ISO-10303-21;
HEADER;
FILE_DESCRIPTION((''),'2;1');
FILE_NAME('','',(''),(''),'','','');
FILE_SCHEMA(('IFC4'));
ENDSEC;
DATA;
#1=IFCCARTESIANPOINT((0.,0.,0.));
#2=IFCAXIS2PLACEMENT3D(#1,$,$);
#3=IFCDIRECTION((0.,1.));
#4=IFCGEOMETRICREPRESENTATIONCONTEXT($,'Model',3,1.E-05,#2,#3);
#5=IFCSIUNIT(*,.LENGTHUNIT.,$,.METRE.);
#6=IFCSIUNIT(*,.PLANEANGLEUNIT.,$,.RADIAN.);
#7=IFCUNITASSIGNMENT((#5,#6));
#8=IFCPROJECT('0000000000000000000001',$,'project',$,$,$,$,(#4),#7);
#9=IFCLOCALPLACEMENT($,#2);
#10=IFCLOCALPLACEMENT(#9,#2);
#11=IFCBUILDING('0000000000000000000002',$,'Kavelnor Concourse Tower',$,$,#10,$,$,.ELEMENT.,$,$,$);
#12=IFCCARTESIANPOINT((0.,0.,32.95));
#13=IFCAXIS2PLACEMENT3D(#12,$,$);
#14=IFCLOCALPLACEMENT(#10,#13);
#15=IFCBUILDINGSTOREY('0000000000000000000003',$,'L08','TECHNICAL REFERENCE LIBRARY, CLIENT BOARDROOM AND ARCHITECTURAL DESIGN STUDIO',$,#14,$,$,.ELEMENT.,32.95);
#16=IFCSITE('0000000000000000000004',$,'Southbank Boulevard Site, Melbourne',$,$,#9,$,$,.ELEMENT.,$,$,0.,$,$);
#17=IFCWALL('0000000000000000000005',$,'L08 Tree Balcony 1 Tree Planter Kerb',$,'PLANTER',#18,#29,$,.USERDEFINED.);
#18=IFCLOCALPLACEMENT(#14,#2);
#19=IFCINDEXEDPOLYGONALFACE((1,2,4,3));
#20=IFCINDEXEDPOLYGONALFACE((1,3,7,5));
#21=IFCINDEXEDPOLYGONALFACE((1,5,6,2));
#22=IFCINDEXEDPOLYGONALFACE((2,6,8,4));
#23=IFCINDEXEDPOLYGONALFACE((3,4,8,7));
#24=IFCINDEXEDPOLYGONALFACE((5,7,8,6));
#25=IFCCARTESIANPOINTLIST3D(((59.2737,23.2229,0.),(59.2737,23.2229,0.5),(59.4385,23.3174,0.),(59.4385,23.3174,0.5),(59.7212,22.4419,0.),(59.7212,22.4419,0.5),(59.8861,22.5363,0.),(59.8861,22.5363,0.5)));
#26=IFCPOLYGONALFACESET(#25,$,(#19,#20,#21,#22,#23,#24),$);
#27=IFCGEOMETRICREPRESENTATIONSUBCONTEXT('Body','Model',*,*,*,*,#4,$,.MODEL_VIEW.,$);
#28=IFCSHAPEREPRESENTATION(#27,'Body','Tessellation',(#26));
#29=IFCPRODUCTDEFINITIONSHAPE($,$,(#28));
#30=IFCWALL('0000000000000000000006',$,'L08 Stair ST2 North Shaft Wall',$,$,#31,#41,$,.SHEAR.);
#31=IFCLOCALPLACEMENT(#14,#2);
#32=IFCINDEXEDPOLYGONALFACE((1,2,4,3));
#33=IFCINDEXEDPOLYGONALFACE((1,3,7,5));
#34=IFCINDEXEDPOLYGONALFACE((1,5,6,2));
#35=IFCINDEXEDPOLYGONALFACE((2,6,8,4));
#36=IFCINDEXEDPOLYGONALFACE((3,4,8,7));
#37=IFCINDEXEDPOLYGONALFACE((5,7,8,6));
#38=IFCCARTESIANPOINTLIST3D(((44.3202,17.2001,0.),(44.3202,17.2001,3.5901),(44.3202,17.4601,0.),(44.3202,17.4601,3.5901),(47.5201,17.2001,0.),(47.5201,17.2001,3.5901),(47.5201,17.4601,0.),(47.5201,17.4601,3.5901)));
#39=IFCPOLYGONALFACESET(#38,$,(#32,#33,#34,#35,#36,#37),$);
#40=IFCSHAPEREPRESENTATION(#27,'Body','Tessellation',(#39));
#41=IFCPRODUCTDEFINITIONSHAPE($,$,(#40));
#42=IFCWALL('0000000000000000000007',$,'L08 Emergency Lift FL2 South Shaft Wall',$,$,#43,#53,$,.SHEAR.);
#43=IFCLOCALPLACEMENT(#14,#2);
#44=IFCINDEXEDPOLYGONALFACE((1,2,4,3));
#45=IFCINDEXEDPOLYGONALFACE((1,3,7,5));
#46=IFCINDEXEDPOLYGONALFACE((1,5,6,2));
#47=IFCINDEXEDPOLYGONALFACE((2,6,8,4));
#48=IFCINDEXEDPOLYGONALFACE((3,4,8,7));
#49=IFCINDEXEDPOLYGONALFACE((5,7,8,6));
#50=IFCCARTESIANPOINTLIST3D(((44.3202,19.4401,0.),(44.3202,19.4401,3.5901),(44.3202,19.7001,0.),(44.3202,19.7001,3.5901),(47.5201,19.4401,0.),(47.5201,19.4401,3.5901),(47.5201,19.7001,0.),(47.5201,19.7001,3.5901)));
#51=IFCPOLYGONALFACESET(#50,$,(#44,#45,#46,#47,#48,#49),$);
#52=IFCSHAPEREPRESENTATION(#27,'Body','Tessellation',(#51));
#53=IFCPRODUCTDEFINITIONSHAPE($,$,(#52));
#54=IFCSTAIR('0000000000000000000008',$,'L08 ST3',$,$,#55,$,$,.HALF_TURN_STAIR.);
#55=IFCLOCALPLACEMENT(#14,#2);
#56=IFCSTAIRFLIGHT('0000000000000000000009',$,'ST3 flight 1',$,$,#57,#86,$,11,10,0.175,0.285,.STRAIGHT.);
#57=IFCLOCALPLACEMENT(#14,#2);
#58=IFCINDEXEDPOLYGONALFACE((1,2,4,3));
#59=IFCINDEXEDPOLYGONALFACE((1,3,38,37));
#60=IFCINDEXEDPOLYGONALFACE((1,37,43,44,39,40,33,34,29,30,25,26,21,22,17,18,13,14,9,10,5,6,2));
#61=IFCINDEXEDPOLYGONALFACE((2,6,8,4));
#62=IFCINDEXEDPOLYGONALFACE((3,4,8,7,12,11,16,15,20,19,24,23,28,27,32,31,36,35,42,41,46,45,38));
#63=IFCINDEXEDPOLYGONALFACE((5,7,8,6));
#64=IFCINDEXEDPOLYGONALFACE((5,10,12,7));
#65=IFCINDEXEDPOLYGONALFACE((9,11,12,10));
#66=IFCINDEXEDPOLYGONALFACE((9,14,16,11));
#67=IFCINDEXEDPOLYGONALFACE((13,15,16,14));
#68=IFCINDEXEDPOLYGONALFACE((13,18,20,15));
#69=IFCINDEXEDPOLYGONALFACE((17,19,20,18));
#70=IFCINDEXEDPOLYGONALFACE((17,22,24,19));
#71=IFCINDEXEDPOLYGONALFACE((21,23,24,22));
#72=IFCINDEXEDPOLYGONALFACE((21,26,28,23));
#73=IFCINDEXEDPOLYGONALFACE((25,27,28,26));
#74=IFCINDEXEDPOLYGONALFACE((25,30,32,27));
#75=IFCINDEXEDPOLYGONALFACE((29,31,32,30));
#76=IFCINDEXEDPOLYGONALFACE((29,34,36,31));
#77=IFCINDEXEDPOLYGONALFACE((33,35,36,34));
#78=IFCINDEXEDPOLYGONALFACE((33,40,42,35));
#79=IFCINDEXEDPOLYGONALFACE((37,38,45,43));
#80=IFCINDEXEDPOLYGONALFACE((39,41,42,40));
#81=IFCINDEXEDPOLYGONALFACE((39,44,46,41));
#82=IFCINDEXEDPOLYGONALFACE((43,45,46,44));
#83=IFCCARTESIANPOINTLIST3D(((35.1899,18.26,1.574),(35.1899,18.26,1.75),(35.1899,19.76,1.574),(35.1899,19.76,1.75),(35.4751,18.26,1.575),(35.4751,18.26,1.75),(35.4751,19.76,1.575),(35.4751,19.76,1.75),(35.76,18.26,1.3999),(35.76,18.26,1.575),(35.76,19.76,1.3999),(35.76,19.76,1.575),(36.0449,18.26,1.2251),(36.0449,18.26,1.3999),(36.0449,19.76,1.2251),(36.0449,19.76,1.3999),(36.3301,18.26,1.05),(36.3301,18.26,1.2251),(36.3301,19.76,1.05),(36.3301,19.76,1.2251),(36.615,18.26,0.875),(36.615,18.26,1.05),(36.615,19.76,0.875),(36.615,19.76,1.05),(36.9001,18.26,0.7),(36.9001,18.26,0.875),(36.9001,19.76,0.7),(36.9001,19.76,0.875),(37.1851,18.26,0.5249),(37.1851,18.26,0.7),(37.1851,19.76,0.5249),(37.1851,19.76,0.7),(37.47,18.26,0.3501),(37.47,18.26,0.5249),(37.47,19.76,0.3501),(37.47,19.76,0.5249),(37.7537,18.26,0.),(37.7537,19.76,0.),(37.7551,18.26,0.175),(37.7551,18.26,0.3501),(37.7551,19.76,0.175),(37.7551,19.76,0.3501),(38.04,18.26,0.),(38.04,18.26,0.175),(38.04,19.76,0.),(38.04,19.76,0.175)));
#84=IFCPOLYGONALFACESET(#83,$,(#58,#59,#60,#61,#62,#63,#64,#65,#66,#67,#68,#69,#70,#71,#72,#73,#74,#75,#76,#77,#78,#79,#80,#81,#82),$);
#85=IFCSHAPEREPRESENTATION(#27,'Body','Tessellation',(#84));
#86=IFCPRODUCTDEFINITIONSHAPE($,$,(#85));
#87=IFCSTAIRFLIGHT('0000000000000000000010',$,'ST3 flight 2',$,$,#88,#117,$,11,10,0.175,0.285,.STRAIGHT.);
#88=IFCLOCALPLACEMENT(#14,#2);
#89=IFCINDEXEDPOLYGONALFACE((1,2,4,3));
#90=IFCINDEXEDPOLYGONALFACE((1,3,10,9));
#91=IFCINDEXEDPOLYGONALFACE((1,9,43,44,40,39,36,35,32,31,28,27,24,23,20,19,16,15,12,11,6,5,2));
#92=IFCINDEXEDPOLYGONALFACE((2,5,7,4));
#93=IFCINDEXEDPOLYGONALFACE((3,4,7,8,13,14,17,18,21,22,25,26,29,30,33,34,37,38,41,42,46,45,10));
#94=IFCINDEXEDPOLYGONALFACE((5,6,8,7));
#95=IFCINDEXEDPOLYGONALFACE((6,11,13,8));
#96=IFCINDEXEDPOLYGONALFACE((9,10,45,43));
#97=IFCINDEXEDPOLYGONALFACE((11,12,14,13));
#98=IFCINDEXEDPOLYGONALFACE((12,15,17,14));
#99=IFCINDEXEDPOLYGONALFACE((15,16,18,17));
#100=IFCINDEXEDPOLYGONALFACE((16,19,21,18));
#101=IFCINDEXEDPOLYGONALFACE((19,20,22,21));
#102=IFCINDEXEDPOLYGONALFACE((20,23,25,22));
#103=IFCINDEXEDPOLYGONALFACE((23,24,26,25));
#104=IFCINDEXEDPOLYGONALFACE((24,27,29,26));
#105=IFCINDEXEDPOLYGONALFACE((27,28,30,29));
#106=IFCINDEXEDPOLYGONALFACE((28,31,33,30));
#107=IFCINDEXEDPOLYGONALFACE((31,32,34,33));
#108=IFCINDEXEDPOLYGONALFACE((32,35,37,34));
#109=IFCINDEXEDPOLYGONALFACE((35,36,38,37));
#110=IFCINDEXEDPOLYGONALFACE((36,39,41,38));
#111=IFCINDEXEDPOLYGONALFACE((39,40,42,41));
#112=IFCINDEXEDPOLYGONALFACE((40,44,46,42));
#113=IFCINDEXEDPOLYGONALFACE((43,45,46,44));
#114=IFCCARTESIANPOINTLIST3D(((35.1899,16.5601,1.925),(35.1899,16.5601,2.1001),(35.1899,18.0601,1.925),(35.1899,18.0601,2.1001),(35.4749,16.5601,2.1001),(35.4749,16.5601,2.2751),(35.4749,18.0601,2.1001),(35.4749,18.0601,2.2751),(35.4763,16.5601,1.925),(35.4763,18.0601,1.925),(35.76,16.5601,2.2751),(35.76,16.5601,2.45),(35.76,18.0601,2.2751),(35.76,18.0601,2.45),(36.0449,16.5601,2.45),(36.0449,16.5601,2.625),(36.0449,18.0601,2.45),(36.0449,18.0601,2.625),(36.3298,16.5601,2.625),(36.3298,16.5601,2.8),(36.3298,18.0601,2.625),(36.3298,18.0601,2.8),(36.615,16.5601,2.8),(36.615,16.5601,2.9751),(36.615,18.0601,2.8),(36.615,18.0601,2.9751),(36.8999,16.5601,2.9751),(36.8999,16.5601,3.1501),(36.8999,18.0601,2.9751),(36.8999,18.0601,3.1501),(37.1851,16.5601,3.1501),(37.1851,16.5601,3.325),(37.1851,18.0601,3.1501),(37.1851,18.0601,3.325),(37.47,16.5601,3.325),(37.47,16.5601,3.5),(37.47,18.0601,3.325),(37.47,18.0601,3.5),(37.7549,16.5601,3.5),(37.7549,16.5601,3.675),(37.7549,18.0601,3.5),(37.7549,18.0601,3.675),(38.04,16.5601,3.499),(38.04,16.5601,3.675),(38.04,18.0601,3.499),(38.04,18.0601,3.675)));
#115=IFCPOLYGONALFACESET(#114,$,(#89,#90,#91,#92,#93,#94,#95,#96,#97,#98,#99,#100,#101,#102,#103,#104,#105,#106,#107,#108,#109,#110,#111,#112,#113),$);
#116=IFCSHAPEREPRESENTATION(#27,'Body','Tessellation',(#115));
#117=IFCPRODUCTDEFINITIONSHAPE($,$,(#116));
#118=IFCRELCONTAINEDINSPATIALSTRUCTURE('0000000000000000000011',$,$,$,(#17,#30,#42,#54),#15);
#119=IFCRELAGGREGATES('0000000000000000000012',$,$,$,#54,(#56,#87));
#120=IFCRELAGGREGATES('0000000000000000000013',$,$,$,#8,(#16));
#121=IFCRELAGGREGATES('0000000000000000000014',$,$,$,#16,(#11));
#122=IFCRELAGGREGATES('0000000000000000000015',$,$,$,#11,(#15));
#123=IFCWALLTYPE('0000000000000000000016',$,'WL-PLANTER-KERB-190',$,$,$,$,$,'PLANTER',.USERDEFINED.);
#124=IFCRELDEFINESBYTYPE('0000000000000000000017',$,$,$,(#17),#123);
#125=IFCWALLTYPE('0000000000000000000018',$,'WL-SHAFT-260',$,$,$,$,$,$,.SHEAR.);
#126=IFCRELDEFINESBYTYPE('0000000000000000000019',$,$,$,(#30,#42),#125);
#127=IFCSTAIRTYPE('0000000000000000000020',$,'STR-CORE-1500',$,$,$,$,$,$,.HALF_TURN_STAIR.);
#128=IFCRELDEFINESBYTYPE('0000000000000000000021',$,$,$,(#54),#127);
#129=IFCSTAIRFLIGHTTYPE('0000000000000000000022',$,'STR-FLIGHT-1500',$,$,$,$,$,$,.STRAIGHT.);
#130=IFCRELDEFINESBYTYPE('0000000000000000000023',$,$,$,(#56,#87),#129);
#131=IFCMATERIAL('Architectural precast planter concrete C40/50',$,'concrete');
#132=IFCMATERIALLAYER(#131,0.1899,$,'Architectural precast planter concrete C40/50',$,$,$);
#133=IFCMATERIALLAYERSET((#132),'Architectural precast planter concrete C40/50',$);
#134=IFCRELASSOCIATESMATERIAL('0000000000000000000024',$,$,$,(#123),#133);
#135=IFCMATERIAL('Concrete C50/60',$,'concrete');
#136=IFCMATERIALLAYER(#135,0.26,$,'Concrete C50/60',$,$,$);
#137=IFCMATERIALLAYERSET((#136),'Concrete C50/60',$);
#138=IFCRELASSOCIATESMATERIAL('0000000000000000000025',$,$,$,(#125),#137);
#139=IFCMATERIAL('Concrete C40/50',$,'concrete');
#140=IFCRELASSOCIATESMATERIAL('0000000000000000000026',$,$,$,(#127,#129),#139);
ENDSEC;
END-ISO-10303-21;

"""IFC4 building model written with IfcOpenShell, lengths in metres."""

from ifc_helpers import new_model, si_unit, direction, frame, frame_2d, origin, place, context, subcontext, project, spatial, polyline, rectangle, outline, extrude, material, layer, layer_set, type_object, element, aggregate, save


model = new_model("IFC4")

# Units and contexts
model_context = context("Model", 3, precision=1e-05, world=origin(), true_north=direction((0.0, 1.0)))
body_context = subcontext(model_context, "Body", "Model", "MODEL_VIEW")
ifc_project = project(units=[si_unit("LENGTHUNIT", "METRE"), si_unit("PLANEANGLEUNIT", "RADIAN")], contexts=[model_context])

# Site, building, storey
site_placement = place(None, origin())
site = spatial("IfcSite", under=ifc_project, at=site_placement, Name="Southbank Boulevard Site, Melbourne", CompositionType="ELEMENT", RefElevation=0.0)
building_placement = place(site_placement, origin())
building = spatial("IfcBuilding", under=site, at=building_placement, Name="Kavelnor Concourse Tower", CompositionType="ELEMENT")
storey_placement = place(building_placement, frame((0.0, 0.0, 32.95)))
storey = spatial("IfcBuildingStorey", under=building, at=storey_placement, Name="L08", Description="TECHNICAL REFERENCE LIBRARY, CLIENT BOARDROOM AND ARCHITECTURAL DESIGN STUDIO", CompositionType="ELEMENT", Elevation=32.95)

# Walls
ifc_material_1 = material(Name="Architectural precast planter concrete C40/50", Category="concrete")
ifc_layer_1 = layer(ifc_material_1, 0.1899, Name="Architectural precast planter concrete C40/50")
ifc_layer_set_1 = layer_set([ifc_layer_1], Name="Architectural precast planter concrete C40/50")
wall_type_1 = type_object("IfcWallType", Name="WL-PLANTER-KERB-190", ElementType="PLANTER", PredefinedType="USERDEFINED", material=ifc_layer_set_1)
wall_1_placement = place(storey_placement, frame((59.8037, 22.489, 0.0), z_axis=(0.0, 0.0, 1.0), x_axis=(-0.497161, 0.867658, 0.0)))
element("IfcWall", 1, at=wall_1_placement, inside=storey, type_object=wall_type_1, Name="L08 Tree Balcony 1 Tree Planter Kerb", ObjectType="PLANTER", PredefinedType="USERDEFINED", context=body_context, shape_type="SweptSolid", body=[
    extrude(rectangle(XDim=0.9001, YDim=0.1899, at=frame_2d((0.4502, 0.0))), origin(), (0.0, 0.0, 1.0), 0.5),
])
ifc_material_2 = material(Name="Concrete C50/60", Category="concrete")
ifc_layer_2 = layer(ifc_material_2, 0.26, Name="Concrete C50/60")
ifc_layer_set_2 = layer_set([ifc_layer_2], Name="Concrete C50/60")
wall_type_2 = type_object("IfcWallType", Name="WL-SHAFT-260", PredefinedType="SHEAR", material=ifc_layer_set_2)
for number, where, z_axis, x_axis, name in (
    (2, (44.3201, 17.3301, 0.0), (0.0, 0.0, 1.0), (1.0, 0.0, 0.0), "L08 Stair ST2 North Shaft Wall"),
    (3, (44.3201, 19.5701, 0.0), (0.0, 0.0, 1.0), (1.0, 0.0, 0.0), "L08 Emergency Lift FL2 South Shaft Wall"),
):
    element("IfcWall", number, at=place(storey_placement, frame(where, z_axis=z_axis, x_axis=x_axis)), inside=storey, type_object=wall_type_2, Name=name, PredefinedType="SHEAR", context=body_context, shape_type="SweptSolid", body=[
        extrude(rectangle(XDim=3.2, YDim=0.26, at=frame_2d((1.6001, 0.0))), origin(), (0.0, 0.0, 1.0), 3.5901),
    ])

# Stair, stair flights
ifc_material_3 = material(Name="Concrete C40/50", Category="concrete")
stair_type = type_object("IfcStairType", Name="STR-CORE-1500", PredefinedType="HALF_TURN_STAIR", material=ifc_material_3)
stair_placement = place(storey_placement, origin())
stair = element("IfcStair", 4, at=stair_placement, inside=storey, type_object=stair_type, Name="L08 ST3", PredefinedType="HALF_TURN_STAIR")
stair_flight_type = type_object("IfcStairFlightType", Name="STR-FLIGHT-1500", PredefinedType="STRAIGHT", material=ifc_material_3)
stair_flight_1_placement = place(storey_placement, frame((38.04, 19.01, 0.0), z_axis=(0.0, 0.0, 1.0), x_axis=(-1.0, 0.0, 0.0)))
stair_flight_1 = element("IfcStairFlight", 5, at=stair_flight_1_placement, type_object=stair_flight_type, Name="ST3 flight 1", NumberOfRisers=11, NumberOfTreads=10, PredefinedType="STRAIGHT", RiserHeight=0.175, TreadLength=0.285, context=body_context, shape_type="SweptSolid", body=[
    extrude(outline(polyline([(0.0, 0.0), (0.0, 0.175), (0.2849, 0.175), (0.2849, 0.3501), (0.5701, 0.3501), (0.5701, 0.5249), (0.855, 0.5249), (0.855, 0.7), (1.1399, 0.7), (1.1399, 0.875), (1.425, 0.875), (1.425, 1.05), (1.71, 1.05), (1.71, 1.2251), (1.9951, 1.2251), (1.9951, 1.3999), (2.28, 1.3999), (2.28, 1.575), (2.5649, 1.575), (2.5649, 1.75), (2.8501, 1.75), (2.8501, 1.925), (2.8501, 1.574), (0.2864, 0.0), (0.0, 0.0)])), frame((0.0, 0.75, 0.0), z_axis=(0.0, -1.0, 0.0), x_axis=(1.0, 0.0, 0.0)), (0.0, 0.0, 1.0), 1.5),
])
stair_flight_2_placement = place(storey_placement, frame((35.1899, 17.3101, 1.925), z_axis=(0.0, 0.0, 1.0), x_axis=(1.0, 0.0, 0.0)))
stair_flight_2 = element("IfcStairFlight", 6, at=stair_flight_2_placement, type_object=stair_flight_type, Name="ST3 flight 2", NumberOfRisers=11, NumberOfTreads=10, PredefinedType="STRAIGHT", RiserHeight=0.175, TreadLength=0.285, context=body_context, shape_type="SweptSolid", body=[
    extrude(outline(polyline([(0.0, 0.0), (0.0, 0.175), (0.2849, 0.175), (0.2849, 0.3501), (0.5701, 0.3501), (0.5701, 0.5249), (0.855, 0.5249), (0.855, 0.7), (1.1399, 0.7), (1.1399, 0.875), (1.425, 0.875), (1.425, 1.05), (1.71, 1.05), (1.71, 1.2251), (1.9951, 1.2251), (1.9951, 1.3999), (2.28, 1.3999), (2.28, 1.575), (2.5649, 1.575), (2.5649, 1.75), (2.8501, 1.75), (2.8501, 1.925), (2.8501, 1.574), (0.2864, 0.0), (0.0, 0.0)])), frame((0.0, 0.75, 0.0), z_axis=(0.0, -1.0, 0.0), x_axis=(1.0, 0.0, 0.0)), (0.0, 0.0, 1.0), 1.5),
])
aggregate(stair, [stair_flight_1, stair_flight_2])

save(model, "model.ifc")
